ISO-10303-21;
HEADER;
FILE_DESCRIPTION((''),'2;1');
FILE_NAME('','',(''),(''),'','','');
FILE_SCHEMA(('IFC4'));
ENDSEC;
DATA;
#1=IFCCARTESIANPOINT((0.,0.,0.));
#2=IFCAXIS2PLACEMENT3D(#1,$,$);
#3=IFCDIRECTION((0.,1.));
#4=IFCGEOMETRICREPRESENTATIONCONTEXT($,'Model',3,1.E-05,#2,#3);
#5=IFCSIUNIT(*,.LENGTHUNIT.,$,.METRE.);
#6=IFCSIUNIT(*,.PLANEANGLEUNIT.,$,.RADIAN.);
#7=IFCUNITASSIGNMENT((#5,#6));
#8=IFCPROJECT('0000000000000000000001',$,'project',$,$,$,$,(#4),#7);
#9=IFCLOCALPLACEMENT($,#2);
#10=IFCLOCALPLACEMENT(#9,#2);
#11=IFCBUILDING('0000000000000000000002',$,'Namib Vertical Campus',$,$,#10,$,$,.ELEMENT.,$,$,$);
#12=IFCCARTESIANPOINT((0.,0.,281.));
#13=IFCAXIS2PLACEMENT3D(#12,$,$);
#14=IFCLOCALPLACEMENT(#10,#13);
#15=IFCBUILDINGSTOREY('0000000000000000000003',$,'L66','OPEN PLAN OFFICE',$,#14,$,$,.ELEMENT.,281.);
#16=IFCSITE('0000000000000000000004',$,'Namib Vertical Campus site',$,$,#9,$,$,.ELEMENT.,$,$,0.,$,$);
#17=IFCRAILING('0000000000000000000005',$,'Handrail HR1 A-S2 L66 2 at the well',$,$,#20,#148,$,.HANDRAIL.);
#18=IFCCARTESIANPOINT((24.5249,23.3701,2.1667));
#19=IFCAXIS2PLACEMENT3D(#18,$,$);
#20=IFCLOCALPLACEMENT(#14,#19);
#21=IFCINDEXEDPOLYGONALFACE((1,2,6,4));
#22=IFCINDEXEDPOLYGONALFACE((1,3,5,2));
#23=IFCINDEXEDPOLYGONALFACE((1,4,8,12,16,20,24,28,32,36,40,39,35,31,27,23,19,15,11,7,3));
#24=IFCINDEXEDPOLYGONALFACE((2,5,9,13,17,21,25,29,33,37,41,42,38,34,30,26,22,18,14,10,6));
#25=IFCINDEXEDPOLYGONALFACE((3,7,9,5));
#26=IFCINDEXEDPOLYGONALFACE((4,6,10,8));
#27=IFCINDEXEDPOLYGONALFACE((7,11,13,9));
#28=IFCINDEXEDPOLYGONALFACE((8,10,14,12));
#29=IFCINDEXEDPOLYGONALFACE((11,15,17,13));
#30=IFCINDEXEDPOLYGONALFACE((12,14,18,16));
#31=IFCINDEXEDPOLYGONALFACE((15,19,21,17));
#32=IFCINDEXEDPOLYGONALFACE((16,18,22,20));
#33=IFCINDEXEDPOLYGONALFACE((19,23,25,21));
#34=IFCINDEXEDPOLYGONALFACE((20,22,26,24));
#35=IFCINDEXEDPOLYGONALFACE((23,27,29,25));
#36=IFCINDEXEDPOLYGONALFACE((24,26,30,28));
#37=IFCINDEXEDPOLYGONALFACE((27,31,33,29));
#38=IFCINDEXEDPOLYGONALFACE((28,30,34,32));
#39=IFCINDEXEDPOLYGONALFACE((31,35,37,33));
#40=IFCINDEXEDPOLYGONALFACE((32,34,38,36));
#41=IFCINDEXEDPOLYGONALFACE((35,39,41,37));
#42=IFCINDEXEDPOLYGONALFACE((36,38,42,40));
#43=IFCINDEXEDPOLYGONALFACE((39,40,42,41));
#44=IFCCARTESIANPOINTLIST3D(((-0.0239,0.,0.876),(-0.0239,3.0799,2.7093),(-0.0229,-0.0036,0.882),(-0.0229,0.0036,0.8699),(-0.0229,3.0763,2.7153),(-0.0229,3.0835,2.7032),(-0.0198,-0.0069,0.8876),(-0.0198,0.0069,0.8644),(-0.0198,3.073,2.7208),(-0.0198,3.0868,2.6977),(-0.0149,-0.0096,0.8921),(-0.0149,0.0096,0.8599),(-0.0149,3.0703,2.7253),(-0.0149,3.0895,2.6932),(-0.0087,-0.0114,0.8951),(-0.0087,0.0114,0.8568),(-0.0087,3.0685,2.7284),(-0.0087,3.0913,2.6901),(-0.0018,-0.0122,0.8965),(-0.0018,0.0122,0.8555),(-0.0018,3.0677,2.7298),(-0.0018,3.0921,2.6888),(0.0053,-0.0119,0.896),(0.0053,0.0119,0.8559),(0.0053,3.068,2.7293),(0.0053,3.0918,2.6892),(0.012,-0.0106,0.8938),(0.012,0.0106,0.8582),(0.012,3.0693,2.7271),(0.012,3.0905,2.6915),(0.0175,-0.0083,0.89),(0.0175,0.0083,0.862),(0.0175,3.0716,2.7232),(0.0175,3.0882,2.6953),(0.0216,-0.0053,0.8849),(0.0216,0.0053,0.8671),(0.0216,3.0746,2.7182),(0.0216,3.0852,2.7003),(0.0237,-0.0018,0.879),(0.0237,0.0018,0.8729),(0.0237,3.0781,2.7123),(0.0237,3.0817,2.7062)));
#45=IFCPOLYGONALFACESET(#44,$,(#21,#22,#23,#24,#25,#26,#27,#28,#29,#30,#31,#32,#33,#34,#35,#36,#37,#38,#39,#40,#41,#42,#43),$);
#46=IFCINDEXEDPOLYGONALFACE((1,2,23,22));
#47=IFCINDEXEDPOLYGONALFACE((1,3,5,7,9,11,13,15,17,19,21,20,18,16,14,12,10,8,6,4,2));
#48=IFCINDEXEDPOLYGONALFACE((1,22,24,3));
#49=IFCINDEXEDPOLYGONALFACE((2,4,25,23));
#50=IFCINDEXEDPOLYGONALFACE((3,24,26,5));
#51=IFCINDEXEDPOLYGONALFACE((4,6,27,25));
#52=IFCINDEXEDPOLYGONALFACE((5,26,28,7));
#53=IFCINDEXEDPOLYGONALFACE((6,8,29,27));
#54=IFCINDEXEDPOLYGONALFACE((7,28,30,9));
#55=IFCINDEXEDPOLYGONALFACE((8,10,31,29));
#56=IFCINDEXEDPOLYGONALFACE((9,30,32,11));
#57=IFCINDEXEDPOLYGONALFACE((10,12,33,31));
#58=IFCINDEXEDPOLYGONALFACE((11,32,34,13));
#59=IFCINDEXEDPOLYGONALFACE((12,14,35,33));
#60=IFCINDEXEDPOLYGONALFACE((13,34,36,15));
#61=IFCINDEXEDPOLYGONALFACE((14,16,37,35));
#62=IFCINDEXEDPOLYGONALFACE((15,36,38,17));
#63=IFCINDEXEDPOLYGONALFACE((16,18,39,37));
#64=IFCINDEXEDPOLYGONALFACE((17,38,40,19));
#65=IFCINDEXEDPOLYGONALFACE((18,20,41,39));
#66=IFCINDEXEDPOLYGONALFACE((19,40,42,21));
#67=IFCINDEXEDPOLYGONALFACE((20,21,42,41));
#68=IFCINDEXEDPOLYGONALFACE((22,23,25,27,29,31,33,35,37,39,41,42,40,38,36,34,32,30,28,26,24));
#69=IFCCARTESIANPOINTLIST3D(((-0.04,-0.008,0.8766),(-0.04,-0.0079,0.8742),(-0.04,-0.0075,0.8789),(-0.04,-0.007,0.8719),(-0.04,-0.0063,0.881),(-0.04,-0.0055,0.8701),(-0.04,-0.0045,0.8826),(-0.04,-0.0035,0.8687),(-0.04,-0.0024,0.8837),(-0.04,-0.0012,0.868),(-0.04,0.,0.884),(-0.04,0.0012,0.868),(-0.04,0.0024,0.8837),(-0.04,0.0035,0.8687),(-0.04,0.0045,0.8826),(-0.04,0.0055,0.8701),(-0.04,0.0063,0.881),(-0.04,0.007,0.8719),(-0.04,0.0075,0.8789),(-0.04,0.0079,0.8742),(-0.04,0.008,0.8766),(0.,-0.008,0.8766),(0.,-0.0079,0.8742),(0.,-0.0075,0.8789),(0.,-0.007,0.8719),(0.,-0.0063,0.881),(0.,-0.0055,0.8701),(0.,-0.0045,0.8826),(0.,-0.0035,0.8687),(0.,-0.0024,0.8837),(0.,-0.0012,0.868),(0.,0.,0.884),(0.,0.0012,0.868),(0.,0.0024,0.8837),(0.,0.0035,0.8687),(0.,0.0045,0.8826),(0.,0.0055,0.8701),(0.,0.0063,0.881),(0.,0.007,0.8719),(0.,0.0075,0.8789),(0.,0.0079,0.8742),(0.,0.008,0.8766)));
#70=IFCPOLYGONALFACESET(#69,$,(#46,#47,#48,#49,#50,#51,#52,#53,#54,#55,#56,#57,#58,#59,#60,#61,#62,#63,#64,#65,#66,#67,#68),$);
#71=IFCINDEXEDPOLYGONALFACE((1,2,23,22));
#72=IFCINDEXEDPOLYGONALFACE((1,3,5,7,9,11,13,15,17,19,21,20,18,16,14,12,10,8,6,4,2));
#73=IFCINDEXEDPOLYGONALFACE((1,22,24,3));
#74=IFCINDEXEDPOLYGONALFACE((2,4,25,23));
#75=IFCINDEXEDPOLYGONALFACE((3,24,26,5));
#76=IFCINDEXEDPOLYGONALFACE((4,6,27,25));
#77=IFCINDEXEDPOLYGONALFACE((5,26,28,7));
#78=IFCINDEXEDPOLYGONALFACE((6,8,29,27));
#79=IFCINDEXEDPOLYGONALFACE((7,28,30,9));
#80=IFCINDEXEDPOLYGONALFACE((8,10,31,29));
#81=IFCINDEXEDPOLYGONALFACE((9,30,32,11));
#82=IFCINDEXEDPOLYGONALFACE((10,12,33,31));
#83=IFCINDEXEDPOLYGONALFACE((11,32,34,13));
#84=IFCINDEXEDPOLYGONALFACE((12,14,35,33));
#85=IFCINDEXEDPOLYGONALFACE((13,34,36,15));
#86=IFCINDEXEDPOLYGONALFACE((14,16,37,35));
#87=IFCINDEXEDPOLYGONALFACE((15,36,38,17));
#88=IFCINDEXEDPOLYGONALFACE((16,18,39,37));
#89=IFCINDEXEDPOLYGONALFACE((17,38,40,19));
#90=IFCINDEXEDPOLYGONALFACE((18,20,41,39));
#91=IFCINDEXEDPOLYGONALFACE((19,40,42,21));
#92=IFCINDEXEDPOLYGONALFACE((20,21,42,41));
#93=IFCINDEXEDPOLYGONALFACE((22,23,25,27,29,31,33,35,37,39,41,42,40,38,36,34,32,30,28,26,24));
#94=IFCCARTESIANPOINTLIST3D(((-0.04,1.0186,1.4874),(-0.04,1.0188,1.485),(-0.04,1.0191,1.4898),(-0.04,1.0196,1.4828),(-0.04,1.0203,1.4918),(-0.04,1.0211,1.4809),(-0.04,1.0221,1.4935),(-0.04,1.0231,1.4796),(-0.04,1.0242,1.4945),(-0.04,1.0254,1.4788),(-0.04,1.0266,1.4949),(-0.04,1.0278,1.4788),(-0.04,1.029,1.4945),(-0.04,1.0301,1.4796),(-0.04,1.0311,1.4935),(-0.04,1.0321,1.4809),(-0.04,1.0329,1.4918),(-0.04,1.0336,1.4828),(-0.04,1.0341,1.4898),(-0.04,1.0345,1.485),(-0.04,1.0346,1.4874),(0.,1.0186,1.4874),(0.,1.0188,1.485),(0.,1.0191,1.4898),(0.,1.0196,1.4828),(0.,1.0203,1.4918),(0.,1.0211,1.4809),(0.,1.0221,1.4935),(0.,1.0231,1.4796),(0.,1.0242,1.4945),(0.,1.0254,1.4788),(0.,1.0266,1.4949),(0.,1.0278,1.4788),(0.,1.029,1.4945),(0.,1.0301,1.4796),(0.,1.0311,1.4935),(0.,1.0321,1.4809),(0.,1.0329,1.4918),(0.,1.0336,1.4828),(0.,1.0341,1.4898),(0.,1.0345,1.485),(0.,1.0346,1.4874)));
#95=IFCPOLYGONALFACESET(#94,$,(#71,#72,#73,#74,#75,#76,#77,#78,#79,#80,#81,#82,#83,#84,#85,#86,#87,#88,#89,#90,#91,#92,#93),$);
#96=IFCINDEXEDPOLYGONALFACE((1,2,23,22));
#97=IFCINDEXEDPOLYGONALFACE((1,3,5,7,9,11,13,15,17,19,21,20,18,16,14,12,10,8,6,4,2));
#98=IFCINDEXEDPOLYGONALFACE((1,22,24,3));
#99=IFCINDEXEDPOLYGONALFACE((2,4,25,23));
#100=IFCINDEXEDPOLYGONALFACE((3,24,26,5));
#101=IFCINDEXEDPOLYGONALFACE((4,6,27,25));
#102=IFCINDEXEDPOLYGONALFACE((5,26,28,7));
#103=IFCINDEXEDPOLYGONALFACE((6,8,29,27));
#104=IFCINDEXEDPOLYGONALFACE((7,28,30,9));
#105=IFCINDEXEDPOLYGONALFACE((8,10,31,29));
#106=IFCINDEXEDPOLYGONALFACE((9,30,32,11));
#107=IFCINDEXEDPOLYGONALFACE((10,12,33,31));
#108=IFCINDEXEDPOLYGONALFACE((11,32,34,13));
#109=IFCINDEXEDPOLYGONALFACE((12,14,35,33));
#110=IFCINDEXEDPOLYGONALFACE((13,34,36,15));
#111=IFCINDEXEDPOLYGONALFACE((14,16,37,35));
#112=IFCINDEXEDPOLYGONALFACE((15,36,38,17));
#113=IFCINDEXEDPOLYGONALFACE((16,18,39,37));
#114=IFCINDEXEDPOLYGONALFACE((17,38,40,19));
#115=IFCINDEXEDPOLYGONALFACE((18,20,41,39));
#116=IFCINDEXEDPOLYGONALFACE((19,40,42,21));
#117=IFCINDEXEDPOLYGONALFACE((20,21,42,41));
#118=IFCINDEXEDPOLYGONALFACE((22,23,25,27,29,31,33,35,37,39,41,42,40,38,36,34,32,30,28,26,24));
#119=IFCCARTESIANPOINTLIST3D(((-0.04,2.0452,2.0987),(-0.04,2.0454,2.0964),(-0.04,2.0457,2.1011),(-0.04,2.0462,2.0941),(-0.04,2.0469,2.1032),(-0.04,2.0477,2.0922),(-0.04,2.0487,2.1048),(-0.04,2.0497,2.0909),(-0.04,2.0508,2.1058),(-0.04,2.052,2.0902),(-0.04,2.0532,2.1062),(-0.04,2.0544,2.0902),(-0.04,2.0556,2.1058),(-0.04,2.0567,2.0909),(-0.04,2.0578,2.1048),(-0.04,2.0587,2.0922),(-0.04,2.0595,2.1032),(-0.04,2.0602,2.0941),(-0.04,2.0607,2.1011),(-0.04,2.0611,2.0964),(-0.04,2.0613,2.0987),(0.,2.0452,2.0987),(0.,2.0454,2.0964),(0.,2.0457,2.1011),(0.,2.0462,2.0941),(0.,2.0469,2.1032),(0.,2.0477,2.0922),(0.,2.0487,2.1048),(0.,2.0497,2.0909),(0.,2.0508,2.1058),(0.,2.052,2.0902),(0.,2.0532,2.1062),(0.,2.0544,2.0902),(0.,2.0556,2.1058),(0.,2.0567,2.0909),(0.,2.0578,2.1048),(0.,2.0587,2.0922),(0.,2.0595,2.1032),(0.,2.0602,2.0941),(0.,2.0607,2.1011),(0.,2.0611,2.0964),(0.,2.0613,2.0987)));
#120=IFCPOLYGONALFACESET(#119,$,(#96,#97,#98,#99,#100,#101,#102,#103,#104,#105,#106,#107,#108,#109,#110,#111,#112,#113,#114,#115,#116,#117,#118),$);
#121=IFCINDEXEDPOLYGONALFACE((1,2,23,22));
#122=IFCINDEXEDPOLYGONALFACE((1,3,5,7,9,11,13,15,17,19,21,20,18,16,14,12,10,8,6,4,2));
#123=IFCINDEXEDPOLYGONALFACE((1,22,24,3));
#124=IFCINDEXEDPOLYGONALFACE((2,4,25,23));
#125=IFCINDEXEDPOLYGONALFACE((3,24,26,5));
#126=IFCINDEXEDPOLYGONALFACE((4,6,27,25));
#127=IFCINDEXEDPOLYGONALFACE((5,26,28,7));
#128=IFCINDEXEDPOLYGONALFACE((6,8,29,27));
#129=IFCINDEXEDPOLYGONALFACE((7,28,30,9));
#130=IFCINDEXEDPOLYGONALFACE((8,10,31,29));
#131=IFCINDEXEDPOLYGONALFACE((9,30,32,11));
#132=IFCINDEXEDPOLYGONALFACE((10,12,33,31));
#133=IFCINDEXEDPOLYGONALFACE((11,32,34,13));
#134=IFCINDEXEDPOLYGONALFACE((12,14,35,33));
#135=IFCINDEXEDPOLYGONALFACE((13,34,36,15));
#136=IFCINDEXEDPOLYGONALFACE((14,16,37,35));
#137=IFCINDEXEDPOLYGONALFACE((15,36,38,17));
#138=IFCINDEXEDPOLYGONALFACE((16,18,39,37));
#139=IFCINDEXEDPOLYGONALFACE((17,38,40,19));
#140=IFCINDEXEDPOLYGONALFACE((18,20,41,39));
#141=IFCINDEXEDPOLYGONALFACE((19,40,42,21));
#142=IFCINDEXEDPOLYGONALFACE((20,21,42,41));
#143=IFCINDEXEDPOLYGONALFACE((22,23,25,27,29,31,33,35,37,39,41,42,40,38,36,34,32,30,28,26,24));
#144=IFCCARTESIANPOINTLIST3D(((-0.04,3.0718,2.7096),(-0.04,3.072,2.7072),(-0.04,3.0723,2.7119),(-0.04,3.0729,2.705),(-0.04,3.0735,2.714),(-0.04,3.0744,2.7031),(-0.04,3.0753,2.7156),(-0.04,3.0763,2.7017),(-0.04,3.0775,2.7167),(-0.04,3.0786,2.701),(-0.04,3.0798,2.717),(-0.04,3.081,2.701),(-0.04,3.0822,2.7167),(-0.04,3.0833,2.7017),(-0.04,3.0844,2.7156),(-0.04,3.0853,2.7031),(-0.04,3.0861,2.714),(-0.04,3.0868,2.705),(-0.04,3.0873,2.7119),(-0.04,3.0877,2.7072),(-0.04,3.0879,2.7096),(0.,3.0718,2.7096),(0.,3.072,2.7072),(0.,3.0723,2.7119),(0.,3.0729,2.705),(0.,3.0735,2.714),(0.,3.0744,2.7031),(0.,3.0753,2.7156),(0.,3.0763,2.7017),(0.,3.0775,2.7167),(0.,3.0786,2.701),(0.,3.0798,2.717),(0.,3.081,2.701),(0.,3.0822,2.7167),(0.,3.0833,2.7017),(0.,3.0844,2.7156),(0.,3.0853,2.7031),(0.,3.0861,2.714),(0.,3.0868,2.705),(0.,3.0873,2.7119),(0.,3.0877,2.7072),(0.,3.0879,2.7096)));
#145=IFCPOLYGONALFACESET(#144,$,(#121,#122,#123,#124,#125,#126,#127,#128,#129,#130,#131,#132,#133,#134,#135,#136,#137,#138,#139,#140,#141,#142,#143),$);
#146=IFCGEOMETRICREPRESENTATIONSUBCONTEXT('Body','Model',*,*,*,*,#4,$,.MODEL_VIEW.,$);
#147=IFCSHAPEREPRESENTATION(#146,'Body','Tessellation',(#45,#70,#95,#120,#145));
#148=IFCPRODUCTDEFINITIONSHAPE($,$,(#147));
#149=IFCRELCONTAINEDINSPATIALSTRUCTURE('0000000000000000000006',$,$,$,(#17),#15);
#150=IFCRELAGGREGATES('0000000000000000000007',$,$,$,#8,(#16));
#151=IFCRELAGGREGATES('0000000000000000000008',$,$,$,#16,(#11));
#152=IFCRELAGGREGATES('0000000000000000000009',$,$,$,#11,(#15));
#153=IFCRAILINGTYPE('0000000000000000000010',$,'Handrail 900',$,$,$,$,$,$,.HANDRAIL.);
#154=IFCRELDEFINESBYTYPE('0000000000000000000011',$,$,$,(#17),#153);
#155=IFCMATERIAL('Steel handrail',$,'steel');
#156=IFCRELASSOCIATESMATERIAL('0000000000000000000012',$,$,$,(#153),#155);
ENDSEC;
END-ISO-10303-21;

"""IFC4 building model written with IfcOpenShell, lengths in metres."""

from ifc_helpers import new_model, si_unit, direction, frame, origin, origin_2d, place, context, subcontext, project, spatial, circle, extrude, material, type_object, element, save


model = new_model("IFC4")

# Units and contexts
model_context = context("Model", 3, precision=1e-05, world=origin(), true_north=direction((0.0, 1.0)))
body_context = subcontext(model_context, "Body", "Model", "MODEL_VIEW")
ifc_project = project(units=[si_unit("LENGTHUNIT", "METRE"), si_unit("PLANEANGLEUNIT", "RADIAN")], contexts=[model_context])

# Site, building, storey
site_placement = place(None, origin())
site = spatial("IfcSite", under=ifc_project, at=site_placement, Name="Namib Vertical Campus site", CompositionType="ELEMENT", RefElevation=0.0)
building_placement = place(site_placement, origin())
building = spatial("IfcBuilding", under=site, at=building_placement, Name="Namib Vertical Campus", CompositionType="ELEMENT")
storey_placement = place(building_placement, frame((0.0, 0.0, 281.0)))
storey = spatial("IfcBuildingStorey", under=building, at=storey_placement, Name="L66", Description="OPEN PLAN OFFICE", CompositionType="ELEMENT", Elevation=281.0)

# Railing
ifc_material_1 = material(Name="Steel handrail", Category="steel")
railing_type_1 = type_object("IfcRailingType", Name="Handrail 900", PredefinedType="HANDRAIL", material=ifc_material_1)
railing_1_placement = place(storey_placement, frame((24.5249, 23.3701, 2.1667)))
element("IfcRailing", 1, at=railing_1_placement, inside=storey, type_object=railing_type_1, Name="Handrail HR1 A-S2 L66 2 at the well", PredefinedType="HANDRAIL", context=body_context, shape_type="SweptSolid", body=[
    extrude(circle(Radius=0.0239, at=origin_2d()), frame((0.0, 0.0, 0.876), z_axis=(0.0, 0.859291, 0.511487), x_axis=(-1.0, 0.0, 0.0)), (0.0, 0.0, 1.0), 3.5842),
    extrude(circle(Radius=0.0081, at=origin_2d()), frame((0.0, 0.0, 0.876), z_axis=(-1.0, 0.0, 0.0), x_axis=(0.0, 0.0, 1.0)), (0.0, 0.0, 1.0), 0.04),
    extrude(circle(Radius=0.0081, at=origin_2d()), frame((0.0, 1.0266, 1.4868), z_axis=(-1.0, 0.0, 0.0), x_axis=(0.0, 0.0, 1.0)), (0.0, 0.0, 1.0), 0.04),
    extrude(circle(Radius=0.0081, at=origin_2d()), frame((0.0, 2.0532, 2.0981), z_axis=(-1.0, 0.0, 0.0), x_axis=(0.0, 0.0, 1.0)), (0.0, 0.0, 1.0), 0.04),
    extrude(circle(Radius=0.0081, at=origin_2d()), frame((0.0, 3.0798, 2.709), z_axis=(-1.0, 0.0, 0.0), x_axis=(0.0, 0.0, 1.0)), (0.0, 0.0, 1.0), 0.04),
])

save(model, "model.ifc")
